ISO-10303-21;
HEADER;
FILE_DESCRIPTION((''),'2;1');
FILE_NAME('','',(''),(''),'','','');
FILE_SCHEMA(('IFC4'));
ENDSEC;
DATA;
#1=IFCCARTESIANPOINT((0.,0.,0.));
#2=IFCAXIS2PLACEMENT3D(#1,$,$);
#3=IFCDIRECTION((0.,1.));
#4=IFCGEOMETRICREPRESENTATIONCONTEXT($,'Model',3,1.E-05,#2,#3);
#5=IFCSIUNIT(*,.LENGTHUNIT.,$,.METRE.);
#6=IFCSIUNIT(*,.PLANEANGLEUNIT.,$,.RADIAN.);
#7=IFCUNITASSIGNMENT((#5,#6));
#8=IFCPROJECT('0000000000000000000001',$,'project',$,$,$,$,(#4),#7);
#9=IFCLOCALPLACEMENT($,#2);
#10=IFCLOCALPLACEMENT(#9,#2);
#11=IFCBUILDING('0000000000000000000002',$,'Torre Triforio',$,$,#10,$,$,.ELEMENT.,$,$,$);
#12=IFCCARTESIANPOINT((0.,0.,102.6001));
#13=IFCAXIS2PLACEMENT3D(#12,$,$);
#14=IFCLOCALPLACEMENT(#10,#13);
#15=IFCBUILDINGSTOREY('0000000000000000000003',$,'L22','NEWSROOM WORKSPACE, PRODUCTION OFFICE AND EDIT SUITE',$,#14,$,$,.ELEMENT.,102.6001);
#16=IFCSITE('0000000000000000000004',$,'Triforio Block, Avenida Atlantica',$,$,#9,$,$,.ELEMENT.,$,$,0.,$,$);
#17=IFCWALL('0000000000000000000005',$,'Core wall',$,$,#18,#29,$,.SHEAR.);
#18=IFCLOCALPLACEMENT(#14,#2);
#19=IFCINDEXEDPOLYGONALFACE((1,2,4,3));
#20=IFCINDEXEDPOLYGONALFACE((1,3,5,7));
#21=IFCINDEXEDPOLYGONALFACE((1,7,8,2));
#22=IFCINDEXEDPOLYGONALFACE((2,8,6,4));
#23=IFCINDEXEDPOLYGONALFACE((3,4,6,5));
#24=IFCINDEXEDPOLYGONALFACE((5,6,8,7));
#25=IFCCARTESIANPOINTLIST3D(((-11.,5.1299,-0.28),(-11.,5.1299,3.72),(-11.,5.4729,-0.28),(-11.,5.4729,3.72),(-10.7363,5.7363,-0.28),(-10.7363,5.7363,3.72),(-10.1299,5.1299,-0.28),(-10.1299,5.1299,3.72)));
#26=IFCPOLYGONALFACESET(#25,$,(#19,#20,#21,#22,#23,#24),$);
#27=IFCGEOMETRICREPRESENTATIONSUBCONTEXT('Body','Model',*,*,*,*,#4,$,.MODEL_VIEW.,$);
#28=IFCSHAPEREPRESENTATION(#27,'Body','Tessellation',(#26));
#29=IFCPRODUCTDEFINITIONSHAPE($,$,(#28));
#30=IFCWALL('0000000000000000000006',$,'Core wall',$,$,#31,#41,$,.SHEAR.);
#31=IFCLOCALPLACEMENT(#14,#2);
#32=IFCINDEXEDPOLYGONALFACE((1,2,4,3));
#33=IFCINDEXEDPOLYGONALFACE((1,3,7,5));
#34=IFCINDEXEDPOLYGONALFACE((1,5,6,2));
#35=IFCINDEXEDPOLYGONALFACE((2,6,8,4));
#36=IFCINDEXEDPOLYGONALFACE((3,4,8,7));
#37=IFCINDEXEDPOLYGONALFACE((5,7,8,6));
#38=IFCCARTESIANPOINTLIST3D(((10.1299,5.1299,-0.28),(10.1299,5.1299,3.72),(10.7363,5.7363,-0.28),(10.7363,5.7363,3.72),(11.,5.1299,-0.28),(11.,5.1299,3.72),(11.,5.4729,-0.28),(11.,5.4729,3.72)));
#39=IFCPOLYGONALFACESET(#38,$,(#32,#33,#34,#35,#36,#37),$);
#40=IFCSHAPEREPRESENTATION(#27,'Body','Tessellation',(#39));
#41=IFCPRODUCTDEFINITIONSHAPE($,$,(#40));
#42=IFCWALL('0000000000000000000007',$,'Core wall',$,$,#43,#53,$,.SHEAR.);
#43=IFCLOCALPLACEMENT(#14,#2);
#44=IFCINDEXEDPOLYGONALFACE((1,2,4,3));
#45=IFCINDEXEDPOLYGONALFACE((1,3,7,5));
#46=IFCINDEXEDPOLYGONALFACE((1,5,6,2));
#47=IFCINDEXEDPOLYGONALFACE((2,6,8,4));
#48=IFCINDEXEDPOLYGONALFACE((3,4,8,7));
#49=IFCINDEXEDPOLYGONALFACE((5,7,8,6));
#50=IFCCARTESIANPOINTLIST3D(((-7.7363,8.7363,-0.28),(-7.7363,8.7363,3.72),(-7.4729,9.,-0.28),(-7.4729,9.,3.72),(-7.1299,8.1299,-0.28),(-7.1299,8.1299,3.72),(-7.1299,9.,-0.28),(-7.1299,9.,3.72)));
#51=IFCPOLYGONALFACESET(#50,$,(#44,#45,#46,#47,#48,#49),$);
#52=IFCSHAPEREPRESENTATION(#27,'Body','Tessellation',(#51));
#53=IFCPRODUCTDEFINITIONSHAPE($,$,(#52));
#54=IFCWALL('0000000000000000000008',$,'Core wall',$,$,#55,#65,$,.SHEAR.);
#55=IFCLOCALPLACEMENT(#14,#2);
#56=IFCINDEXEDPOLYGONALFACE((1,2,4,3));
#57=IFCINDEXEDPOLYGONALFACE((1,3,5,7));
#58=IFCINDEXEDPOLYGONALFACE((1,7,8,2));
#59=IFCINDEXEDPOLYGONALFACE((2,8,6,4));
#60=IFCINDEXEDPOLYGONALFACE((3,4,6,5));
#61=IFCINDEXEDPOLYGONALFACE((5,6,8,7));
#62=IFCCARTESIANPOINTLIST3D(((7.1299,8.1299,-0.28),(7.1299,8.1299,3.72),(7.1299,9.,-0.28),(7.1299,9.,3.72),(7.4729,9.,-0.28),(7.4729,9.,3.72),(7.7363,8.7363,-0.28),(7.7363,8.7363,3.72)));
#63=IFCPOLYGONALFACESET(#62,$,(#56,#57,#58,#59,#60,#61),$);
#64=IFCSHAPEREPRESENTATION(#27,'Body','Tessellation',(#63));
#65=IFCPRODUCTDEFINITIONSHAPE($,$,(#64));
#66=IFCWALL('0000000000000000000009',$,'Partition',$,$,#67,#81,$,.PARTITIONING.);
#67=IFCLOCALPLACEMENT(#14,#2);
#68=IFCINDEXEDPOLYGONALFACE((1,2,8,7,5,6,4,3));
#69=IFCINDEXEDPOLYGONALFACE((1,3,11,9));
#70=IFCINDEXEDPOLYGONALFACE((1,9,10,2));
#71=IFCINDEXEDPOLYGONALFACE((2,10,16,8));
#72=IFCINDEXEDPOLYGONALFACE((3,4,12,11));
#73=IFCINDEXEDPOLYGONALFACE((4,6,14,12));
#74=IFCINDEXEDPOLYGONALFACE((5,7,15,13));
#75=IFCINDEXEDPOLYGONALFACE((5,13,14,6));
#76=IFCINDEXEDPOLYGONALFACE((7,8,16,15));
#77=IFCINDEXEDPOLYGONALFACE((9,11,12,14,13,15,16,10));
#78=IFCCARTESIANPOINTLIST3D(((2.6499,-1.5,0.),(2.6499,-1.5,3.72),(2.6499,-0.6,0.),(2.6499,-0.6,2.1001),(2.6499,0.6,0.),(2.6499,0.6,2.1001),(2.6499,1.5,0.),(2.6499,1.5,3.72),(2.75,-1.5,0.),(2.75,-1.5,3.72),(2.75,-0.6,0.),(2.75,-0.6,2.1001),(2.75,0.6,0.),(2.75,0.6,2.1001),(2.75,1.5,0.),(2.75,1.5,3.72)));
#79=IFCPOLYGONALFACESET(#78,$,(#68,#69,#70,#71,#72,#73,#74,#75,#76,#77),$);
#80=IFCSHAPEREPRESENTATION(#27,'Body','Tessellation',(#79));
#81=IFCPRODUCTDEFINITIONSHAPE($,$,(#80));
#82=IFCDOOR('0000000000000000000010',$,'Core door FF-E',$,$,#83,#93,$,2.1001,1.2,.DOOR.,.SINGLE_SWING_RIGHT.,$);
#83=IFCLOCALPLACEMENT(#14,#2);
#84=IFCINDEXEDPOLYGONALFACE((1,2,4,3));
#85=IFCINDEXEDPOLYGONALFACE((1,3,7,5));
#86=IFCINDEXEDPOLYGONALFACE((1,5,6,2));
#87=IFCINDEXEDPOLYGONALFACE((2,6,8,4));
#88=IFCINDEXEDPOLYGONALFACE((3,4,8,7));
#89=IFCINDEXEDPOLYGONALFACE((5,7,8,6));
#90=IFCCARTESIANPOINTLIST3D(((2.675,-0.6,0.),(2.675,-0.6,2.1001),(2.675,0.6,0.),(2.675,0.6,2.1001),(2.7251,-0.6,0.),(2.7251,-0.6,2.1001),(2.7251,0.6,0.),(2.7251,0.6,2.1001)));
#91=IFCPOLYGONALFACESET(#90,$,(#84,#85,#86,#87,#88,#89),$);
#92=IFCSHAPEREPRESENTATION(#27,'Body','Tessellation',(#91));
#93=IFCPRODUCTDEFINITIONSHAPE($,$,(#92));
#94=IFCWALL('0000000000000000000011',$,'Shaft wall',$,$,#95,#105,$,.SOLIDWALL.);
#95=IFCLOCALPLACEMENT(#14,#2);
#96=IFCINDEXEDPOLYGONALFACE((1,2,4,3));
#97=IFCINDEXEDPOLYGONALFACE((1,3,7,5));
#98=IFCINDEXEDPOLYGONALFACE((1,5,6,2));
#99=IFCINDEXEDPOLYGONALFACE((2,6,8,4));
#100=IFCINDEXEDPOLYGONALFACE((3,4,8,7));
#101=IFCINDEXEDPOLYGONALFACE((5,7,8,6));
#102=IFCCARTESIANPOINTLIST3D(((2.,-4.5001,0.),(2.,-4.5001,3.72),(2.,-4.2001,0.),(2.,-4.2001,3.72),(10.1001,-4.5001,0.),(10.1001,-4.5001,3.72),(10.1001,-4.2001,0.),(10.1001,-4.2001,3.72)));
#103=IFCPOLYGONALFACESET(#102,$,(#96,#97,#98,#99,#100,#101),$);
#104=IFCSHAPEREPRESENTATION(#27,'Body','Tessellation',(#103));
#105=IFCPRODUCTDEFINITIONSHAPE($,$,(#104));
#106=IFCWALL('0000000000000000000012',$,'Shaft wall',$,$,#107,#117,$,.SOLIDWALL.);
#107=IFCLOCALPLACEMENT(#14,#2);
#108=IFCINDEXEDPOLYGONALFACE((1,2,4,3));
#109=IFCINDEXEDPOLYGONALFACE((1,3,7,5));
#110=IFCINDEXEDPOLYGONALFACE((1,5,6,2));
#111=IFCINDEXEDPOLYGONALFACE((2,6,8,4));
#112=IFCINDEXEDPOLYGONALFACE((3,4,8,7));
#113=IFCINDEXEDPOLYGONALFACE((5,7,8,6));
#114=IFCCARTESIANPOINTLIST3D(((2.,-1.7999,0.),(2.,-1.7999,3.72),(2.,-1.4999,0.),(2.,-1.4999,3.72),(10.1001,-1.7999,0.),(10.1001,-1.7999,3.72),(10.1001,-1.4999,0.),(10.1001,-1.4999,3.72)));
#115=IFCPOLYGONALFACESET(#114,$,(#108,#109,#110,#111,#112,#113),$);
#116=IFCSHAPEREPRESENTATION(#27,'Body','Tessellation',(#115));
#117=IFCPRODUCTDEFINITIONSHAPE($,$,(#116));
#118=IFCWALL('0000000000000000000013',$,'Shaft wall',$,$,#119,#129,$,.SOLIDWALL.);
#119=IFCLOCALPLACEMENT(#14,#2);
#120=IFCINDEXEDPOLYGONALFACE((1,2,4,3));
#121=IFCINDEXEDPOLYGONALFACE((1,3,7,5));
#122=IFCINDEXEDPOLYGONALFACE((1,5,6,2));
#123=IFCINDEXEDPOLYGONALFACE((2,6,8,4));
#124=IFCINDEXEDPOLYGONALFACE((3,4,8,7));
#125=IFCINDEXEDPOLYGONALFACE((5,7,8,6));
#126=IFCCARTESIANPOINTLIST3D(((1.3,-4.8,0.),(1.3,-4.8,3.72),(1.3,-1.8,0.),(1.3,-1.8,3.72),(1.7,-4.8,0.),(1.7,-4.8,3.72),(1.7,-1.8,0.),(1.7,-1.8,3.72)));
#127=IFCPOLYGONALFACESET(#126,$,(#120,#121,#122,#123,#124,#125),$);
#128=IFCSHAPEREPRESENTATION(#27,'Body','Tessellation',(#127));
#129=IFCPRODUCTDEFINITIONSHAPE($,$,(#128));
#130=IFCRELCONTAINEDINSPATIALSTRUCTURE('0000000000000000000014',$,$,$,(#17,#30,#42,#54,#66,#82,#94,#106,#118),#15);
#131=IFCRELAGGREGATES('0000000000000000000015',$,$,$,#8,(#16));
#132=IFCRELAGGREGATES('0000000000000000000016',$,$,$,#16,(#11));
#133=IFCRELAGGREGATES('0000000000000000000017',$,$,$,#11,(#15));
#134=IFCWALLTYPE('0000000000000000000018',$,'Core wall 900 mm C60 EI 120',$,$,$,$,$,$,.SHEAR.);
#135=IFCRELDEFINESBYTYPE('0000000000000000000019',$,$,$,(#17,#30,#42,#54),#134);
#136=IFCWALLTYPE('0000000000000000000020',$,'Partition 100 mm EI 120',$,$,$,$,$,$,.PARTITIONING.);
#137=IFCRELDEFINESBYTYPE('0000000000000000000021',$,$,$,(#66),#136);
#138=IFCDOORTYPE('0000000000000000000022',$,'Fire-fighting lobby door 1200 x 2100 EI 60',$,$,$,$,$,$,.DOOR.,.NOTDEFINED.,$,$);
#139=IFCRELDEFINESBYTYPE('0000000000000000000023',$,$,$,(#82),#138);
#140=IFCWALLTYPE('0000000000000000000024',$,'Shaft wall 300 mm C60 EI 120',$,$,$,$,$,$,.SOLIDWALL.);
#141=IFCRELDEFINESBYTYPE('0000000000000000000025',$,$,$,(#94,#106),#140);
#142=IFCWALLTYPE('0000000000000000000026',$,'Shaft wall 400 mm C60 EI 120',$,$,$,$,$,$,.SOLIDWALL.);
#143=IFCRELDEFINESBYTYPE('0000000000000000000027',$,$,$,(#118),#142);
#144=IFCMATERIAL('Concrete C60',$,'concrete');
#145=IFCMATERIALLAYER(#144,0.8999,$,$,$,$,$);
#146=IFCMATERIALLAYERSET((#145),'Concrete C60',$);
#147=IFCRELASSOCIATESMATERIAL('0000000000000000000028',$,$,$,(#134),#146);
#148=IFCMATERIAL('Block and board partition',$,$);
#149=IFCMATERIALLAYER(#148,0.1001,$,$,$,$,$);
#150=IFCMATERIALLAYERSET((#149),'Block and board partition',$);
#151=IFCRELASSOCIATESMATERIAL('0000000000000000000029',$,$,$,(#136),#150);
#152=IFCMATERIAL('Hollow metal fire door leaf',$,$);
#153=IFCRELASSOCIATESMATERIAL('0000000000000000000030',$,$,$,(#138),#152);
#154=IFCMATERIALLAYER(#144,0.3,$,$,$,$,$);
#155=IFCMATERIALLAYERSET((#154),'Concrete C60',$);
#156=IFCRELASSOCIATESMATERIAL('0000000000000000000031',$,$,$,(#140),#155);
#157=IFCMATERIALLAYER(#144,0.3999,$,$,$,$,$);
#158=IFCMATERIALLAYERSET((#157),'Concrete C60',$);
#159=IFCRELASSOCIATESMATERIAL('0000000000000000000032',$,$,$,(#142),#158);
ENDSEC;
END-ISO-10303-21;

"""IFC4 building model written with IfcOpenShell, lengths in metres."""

from ifc_helpers import new_model, si_unit, direction, frame, frame_2d, origin, place, context, subcontext, project, spatial, polyline, rectangle, outline, extrude, material, layer, layer_set, type_object, element, fill, save


model = new_model("IFC4")

# Units and contexts
model_context = context("Model", 3, precision=1e-05, world=origin(), true_north=direction((0.0, 1.0)))
body_context = subcontext(model_context, "Body", "Model", "MODEL_VIEW")
ifc_project = project(units=[si_unit("LENGTHUNIT", "METRE"), si_unit("PLANEANGLEUNIT", "RADIAN")], contexts=[model_context])

# Site, building, storey
site_placement = place(None, origin())
site = spatial("IfcSite", under=ifc_project, at=site_placement, Name="Triforio Block, Avenida Atlantica", CompositionType="ELEMENT", RefElevation=0.0)
building_placement = place(site_placement, origin())
building = spatial("IfcBuilding", under=site, at=building_placement, Name="Torre Triforio", CompositionType="ELEMENT")
storey_placement = place(building_placement, frame((0.0, 0.0, 102.6001)))
storey = spatial("IfcBuildingStorey", under=building, at=storey_placement, Name="L22", Description="NEWSROOM WORKSPACE, PRODUCTION OFFICE AND EDIT SUITE", CompositionType="ELEMENT", Elevation=102.6001)

# Shared definitions
ifc_material_1 = material(Name="Concrete C60", Category="concrete")

# Walls
ifc_layer_1 = layer(ifc_material_1, 0.8999)
ifc_layer_set_1 = layer_set([ifc_layer_1], Name="Concrete C60")
wall_type_1 = type_object("IfcWallType", Name="Core wall 900 mm C60 EI 120", PredefinedType="SHEAR", material=ifc_layer_set_1)
wall_1_placement = place(storey_placement, frame((0.0, 0.0, -0.28)))
element("IfcWall", 1, at=wall_1_placement, inside=storey, type_object=wall_type_1, Name="Core wall", PredefinedType="SHEAR", context=body_context, shape_type="SweptSolid", body=[
    extrude(outline(polyline([(-10.7363, 5.7363), (-10.1299, 5.1299), (-11.0, 5.1299), (-11.0, 5.4729), (-10.7363, 5.7363)])), origin(), (0.0, 0.0, 1.0), 4.0),
])
wall_2_placement = place(storey_placement, frame((0.0, 0.0, -0.28)))
element("IfcWall", 2, at=wall_2_placement, inside=storey, type_object=wall_type_1, Name="Core wall", PredefinedType="SHEAR", context=body_context, shape_type="SweptSolid", body=[
    extrude(outline(polyline([(11.0, 5.4729), (11.0, 5.1299), (10.1299, 5.1299), (10.7363, 5.7363), (11.0, 5.4729)])), origin(), (0.0, 0.0, 1.0), 4.0),
])
wall_3_placement = place(storey_placement, frame((0.0, 0.0, -0.28)))
element("IfcWall", 3, at=wall_3_placement, inside=storey, type_object=wall_type_1, Name="Core wall", PredefinedType="SHEAR", context=body_context, shape_type="SweptSolid", body=[
    extrude(outline(polyline([(-7.4729, 9.0), (-7.1299, 9.0), (-7.1299, 8.1299), (-7.7363, 8.7363), (-7.4729, 9.0)])), origin(), (0.0, 0.0, 1.0), 4.0),
])
wall_4_placement = place(storey_placement, frame((0.0, 0.0, -0.28)))
element("IfcWall", 4, at=wall_4_placement, inside=storey, type_object=wall_type_1, Name="Core wall", PredefinedType="SHEAR", context=body_context, shape_type="SweptSolid", body=[
    extrude(outline(polyline([(7.4729, 9.0), (7.7363, 8.7363), (7.1299, 8.1299), (7.1299, 9.0), (7.4729, 9.0)])), origin(), (0.0, 0.0, 1.0), 4.0),
])

# Wall, opening, door
ifc_material_2 = material(Name="Block and board partition")
ifc_layer_2 = layer(ifc_material_2, 0.1001)
ifc_layer_set_2 = layer_set([ifc_layer_2], Name="Block and board partition")
wall_type_2 = type_object("IfcWallType", Name="Partition 100 mm EI 120", PredefinedType="PARTITIONING", material=ifc_layer_set_2)
wall_5_placement = place(storey_placement, frame((2.7, -1.5, 0.0), z_axis=(0.0, 0.0, 1.0), x_axis=(0.0, 1.0, 0.0)))
wall_5 = element("IfcWall", 5, at=wall_5_placement, inside=storey, type_object=wall_type_2, Name="Partition", PredefinedType="PARTITIONING", context=body_context, shape_type="SweptSolid", body=[
    extrude(rectangle(XDim=3.0, YDim=0.1001, at=frame_2d((1.5, 0.0))), origin(), (0.0, 0.0, 1.0), 3.72),
])
opening_placement = place(wall_5_placement, frame((0.8999, 0.0, 0.0)))
opening = element("IfcOpeningElement", 6, at=opening_placement, cuts=wall_5, PredefinedType="OPENING", context=body_context, shape_type="SweptSolid", body=[
    extrude(rectangle(XDim=1.2, YDim=2.1001, at=frame_2d((0.6001, 1.05))), frame((0.0, 0.0601, 0.0), z_axis=(0.0, -1.0, 0.0), x_axis=(1.0, 0.0, 0.0)), (0.0, 0.0, 1.0), 0.1201),
])
ifc_material_3 = material(Name="Hollow metal fire door leaf")
door_type = type_object("IfcDoorType", Name="Fire-fighting lobby door 1200 x 2100 EI 60", OperationType="NOTDEFINED", PredefinedType="DOOR", material=ifc_material_3)
door_placement = place(opening_placement, origin())
door = element("IfcDoor", 7, at=door_placement, inside=storey, type_object=door_type, Name="Core door FF-E", OperationType="SINGLE_SWING_RIGHT", OverallHeight=2.1001, OverallWidth=1.2, PredefinedType="DOOR", context=body_context, shape_type="SweptSolid", body=[
    extrude(rectangle(XDim=1.2, YDim=2.1001, at=frame_2d((0.6001, 1.05))), frame((0.0, 0.0249, 0.0), z_axis=(0.0, -1.0, 0.0), x_axis=(1.0, 0.0, 0.0)), (0.0, 0.0, 1.0), 0.05),
])
fill(opening, door)

# Walls
ifc_layer_3 = layer(ifc_material_1, 0.3)
ifc_layer_set_3 = layer_set([ifc_layer_3], Name="Concrete C60")
wall_type_3 = type_object("IfcWallType", Name="Shaft wall 300 mm C60 EI 120", PredefinedType="SOLIDWALL", material=ifc_layer_set_3)
for number, where, z_axis, x_axis, name in (
    (8, (2.0, -4.3501, 0.0), (0.0, 0.0, 1.0), (1.0, 0.0, 0.0), "Shaft wall"),
    (9, (2.0, -1.6499, 0.0), (0.0, 0.0, 1.0), (1.0, 0.0, 0.0), "Shaft wall"),
):
    element("IfcWall", number, at=place(storey_placement, frame(where, z_axis=z_axis, x_axis=x_axis)), inside=storey, type_object=wall_type_3, Name=name, PredefinedType="SOLIDWALL", context=body_context, shape_type="SweptSolid", body=[
        extrude(rectangle(XDim=8.1001, YDim=0.3, at=frame_2d((4.05, 0.0))), origin(), (0.0, 0.0, 1.0), 3.72),
    ])
ifc_layer_4 = layer(ifc_material_1, 0.3999)
ifc_layer_set_4 = layer_set([ifc_layer_4], Name="Concrete C60")
wall_type_4 = type_object("IfcWallType", Name="Shaft wall 400 mm C60 EI 120", PredefinedType="SOLIDWALL", material=ifc_layer_set_4)
wall_6_placement = place(storey_placement, frame((1.5, -4.8, 0.0), z_axis=(0.0, 0.0, 1.0), x_axis=(0.0, 1.0, 0.0)))
element("IfcWall", 10, at=wall_6_placement, inside=storey, type_object=wall_type_4, Name="Shaft wall", PredefinedType="SOLIDWALL", context=body_context, shape_type="SweptSolid", body=[
    extrude(rectangle(XDim=3.0, YDim=0.3999, at=frame_2d((1.5, 0.0))), origin(), (0.0, 0.0, 1.0), 3.72),
])

save(model, "model.ifc")
